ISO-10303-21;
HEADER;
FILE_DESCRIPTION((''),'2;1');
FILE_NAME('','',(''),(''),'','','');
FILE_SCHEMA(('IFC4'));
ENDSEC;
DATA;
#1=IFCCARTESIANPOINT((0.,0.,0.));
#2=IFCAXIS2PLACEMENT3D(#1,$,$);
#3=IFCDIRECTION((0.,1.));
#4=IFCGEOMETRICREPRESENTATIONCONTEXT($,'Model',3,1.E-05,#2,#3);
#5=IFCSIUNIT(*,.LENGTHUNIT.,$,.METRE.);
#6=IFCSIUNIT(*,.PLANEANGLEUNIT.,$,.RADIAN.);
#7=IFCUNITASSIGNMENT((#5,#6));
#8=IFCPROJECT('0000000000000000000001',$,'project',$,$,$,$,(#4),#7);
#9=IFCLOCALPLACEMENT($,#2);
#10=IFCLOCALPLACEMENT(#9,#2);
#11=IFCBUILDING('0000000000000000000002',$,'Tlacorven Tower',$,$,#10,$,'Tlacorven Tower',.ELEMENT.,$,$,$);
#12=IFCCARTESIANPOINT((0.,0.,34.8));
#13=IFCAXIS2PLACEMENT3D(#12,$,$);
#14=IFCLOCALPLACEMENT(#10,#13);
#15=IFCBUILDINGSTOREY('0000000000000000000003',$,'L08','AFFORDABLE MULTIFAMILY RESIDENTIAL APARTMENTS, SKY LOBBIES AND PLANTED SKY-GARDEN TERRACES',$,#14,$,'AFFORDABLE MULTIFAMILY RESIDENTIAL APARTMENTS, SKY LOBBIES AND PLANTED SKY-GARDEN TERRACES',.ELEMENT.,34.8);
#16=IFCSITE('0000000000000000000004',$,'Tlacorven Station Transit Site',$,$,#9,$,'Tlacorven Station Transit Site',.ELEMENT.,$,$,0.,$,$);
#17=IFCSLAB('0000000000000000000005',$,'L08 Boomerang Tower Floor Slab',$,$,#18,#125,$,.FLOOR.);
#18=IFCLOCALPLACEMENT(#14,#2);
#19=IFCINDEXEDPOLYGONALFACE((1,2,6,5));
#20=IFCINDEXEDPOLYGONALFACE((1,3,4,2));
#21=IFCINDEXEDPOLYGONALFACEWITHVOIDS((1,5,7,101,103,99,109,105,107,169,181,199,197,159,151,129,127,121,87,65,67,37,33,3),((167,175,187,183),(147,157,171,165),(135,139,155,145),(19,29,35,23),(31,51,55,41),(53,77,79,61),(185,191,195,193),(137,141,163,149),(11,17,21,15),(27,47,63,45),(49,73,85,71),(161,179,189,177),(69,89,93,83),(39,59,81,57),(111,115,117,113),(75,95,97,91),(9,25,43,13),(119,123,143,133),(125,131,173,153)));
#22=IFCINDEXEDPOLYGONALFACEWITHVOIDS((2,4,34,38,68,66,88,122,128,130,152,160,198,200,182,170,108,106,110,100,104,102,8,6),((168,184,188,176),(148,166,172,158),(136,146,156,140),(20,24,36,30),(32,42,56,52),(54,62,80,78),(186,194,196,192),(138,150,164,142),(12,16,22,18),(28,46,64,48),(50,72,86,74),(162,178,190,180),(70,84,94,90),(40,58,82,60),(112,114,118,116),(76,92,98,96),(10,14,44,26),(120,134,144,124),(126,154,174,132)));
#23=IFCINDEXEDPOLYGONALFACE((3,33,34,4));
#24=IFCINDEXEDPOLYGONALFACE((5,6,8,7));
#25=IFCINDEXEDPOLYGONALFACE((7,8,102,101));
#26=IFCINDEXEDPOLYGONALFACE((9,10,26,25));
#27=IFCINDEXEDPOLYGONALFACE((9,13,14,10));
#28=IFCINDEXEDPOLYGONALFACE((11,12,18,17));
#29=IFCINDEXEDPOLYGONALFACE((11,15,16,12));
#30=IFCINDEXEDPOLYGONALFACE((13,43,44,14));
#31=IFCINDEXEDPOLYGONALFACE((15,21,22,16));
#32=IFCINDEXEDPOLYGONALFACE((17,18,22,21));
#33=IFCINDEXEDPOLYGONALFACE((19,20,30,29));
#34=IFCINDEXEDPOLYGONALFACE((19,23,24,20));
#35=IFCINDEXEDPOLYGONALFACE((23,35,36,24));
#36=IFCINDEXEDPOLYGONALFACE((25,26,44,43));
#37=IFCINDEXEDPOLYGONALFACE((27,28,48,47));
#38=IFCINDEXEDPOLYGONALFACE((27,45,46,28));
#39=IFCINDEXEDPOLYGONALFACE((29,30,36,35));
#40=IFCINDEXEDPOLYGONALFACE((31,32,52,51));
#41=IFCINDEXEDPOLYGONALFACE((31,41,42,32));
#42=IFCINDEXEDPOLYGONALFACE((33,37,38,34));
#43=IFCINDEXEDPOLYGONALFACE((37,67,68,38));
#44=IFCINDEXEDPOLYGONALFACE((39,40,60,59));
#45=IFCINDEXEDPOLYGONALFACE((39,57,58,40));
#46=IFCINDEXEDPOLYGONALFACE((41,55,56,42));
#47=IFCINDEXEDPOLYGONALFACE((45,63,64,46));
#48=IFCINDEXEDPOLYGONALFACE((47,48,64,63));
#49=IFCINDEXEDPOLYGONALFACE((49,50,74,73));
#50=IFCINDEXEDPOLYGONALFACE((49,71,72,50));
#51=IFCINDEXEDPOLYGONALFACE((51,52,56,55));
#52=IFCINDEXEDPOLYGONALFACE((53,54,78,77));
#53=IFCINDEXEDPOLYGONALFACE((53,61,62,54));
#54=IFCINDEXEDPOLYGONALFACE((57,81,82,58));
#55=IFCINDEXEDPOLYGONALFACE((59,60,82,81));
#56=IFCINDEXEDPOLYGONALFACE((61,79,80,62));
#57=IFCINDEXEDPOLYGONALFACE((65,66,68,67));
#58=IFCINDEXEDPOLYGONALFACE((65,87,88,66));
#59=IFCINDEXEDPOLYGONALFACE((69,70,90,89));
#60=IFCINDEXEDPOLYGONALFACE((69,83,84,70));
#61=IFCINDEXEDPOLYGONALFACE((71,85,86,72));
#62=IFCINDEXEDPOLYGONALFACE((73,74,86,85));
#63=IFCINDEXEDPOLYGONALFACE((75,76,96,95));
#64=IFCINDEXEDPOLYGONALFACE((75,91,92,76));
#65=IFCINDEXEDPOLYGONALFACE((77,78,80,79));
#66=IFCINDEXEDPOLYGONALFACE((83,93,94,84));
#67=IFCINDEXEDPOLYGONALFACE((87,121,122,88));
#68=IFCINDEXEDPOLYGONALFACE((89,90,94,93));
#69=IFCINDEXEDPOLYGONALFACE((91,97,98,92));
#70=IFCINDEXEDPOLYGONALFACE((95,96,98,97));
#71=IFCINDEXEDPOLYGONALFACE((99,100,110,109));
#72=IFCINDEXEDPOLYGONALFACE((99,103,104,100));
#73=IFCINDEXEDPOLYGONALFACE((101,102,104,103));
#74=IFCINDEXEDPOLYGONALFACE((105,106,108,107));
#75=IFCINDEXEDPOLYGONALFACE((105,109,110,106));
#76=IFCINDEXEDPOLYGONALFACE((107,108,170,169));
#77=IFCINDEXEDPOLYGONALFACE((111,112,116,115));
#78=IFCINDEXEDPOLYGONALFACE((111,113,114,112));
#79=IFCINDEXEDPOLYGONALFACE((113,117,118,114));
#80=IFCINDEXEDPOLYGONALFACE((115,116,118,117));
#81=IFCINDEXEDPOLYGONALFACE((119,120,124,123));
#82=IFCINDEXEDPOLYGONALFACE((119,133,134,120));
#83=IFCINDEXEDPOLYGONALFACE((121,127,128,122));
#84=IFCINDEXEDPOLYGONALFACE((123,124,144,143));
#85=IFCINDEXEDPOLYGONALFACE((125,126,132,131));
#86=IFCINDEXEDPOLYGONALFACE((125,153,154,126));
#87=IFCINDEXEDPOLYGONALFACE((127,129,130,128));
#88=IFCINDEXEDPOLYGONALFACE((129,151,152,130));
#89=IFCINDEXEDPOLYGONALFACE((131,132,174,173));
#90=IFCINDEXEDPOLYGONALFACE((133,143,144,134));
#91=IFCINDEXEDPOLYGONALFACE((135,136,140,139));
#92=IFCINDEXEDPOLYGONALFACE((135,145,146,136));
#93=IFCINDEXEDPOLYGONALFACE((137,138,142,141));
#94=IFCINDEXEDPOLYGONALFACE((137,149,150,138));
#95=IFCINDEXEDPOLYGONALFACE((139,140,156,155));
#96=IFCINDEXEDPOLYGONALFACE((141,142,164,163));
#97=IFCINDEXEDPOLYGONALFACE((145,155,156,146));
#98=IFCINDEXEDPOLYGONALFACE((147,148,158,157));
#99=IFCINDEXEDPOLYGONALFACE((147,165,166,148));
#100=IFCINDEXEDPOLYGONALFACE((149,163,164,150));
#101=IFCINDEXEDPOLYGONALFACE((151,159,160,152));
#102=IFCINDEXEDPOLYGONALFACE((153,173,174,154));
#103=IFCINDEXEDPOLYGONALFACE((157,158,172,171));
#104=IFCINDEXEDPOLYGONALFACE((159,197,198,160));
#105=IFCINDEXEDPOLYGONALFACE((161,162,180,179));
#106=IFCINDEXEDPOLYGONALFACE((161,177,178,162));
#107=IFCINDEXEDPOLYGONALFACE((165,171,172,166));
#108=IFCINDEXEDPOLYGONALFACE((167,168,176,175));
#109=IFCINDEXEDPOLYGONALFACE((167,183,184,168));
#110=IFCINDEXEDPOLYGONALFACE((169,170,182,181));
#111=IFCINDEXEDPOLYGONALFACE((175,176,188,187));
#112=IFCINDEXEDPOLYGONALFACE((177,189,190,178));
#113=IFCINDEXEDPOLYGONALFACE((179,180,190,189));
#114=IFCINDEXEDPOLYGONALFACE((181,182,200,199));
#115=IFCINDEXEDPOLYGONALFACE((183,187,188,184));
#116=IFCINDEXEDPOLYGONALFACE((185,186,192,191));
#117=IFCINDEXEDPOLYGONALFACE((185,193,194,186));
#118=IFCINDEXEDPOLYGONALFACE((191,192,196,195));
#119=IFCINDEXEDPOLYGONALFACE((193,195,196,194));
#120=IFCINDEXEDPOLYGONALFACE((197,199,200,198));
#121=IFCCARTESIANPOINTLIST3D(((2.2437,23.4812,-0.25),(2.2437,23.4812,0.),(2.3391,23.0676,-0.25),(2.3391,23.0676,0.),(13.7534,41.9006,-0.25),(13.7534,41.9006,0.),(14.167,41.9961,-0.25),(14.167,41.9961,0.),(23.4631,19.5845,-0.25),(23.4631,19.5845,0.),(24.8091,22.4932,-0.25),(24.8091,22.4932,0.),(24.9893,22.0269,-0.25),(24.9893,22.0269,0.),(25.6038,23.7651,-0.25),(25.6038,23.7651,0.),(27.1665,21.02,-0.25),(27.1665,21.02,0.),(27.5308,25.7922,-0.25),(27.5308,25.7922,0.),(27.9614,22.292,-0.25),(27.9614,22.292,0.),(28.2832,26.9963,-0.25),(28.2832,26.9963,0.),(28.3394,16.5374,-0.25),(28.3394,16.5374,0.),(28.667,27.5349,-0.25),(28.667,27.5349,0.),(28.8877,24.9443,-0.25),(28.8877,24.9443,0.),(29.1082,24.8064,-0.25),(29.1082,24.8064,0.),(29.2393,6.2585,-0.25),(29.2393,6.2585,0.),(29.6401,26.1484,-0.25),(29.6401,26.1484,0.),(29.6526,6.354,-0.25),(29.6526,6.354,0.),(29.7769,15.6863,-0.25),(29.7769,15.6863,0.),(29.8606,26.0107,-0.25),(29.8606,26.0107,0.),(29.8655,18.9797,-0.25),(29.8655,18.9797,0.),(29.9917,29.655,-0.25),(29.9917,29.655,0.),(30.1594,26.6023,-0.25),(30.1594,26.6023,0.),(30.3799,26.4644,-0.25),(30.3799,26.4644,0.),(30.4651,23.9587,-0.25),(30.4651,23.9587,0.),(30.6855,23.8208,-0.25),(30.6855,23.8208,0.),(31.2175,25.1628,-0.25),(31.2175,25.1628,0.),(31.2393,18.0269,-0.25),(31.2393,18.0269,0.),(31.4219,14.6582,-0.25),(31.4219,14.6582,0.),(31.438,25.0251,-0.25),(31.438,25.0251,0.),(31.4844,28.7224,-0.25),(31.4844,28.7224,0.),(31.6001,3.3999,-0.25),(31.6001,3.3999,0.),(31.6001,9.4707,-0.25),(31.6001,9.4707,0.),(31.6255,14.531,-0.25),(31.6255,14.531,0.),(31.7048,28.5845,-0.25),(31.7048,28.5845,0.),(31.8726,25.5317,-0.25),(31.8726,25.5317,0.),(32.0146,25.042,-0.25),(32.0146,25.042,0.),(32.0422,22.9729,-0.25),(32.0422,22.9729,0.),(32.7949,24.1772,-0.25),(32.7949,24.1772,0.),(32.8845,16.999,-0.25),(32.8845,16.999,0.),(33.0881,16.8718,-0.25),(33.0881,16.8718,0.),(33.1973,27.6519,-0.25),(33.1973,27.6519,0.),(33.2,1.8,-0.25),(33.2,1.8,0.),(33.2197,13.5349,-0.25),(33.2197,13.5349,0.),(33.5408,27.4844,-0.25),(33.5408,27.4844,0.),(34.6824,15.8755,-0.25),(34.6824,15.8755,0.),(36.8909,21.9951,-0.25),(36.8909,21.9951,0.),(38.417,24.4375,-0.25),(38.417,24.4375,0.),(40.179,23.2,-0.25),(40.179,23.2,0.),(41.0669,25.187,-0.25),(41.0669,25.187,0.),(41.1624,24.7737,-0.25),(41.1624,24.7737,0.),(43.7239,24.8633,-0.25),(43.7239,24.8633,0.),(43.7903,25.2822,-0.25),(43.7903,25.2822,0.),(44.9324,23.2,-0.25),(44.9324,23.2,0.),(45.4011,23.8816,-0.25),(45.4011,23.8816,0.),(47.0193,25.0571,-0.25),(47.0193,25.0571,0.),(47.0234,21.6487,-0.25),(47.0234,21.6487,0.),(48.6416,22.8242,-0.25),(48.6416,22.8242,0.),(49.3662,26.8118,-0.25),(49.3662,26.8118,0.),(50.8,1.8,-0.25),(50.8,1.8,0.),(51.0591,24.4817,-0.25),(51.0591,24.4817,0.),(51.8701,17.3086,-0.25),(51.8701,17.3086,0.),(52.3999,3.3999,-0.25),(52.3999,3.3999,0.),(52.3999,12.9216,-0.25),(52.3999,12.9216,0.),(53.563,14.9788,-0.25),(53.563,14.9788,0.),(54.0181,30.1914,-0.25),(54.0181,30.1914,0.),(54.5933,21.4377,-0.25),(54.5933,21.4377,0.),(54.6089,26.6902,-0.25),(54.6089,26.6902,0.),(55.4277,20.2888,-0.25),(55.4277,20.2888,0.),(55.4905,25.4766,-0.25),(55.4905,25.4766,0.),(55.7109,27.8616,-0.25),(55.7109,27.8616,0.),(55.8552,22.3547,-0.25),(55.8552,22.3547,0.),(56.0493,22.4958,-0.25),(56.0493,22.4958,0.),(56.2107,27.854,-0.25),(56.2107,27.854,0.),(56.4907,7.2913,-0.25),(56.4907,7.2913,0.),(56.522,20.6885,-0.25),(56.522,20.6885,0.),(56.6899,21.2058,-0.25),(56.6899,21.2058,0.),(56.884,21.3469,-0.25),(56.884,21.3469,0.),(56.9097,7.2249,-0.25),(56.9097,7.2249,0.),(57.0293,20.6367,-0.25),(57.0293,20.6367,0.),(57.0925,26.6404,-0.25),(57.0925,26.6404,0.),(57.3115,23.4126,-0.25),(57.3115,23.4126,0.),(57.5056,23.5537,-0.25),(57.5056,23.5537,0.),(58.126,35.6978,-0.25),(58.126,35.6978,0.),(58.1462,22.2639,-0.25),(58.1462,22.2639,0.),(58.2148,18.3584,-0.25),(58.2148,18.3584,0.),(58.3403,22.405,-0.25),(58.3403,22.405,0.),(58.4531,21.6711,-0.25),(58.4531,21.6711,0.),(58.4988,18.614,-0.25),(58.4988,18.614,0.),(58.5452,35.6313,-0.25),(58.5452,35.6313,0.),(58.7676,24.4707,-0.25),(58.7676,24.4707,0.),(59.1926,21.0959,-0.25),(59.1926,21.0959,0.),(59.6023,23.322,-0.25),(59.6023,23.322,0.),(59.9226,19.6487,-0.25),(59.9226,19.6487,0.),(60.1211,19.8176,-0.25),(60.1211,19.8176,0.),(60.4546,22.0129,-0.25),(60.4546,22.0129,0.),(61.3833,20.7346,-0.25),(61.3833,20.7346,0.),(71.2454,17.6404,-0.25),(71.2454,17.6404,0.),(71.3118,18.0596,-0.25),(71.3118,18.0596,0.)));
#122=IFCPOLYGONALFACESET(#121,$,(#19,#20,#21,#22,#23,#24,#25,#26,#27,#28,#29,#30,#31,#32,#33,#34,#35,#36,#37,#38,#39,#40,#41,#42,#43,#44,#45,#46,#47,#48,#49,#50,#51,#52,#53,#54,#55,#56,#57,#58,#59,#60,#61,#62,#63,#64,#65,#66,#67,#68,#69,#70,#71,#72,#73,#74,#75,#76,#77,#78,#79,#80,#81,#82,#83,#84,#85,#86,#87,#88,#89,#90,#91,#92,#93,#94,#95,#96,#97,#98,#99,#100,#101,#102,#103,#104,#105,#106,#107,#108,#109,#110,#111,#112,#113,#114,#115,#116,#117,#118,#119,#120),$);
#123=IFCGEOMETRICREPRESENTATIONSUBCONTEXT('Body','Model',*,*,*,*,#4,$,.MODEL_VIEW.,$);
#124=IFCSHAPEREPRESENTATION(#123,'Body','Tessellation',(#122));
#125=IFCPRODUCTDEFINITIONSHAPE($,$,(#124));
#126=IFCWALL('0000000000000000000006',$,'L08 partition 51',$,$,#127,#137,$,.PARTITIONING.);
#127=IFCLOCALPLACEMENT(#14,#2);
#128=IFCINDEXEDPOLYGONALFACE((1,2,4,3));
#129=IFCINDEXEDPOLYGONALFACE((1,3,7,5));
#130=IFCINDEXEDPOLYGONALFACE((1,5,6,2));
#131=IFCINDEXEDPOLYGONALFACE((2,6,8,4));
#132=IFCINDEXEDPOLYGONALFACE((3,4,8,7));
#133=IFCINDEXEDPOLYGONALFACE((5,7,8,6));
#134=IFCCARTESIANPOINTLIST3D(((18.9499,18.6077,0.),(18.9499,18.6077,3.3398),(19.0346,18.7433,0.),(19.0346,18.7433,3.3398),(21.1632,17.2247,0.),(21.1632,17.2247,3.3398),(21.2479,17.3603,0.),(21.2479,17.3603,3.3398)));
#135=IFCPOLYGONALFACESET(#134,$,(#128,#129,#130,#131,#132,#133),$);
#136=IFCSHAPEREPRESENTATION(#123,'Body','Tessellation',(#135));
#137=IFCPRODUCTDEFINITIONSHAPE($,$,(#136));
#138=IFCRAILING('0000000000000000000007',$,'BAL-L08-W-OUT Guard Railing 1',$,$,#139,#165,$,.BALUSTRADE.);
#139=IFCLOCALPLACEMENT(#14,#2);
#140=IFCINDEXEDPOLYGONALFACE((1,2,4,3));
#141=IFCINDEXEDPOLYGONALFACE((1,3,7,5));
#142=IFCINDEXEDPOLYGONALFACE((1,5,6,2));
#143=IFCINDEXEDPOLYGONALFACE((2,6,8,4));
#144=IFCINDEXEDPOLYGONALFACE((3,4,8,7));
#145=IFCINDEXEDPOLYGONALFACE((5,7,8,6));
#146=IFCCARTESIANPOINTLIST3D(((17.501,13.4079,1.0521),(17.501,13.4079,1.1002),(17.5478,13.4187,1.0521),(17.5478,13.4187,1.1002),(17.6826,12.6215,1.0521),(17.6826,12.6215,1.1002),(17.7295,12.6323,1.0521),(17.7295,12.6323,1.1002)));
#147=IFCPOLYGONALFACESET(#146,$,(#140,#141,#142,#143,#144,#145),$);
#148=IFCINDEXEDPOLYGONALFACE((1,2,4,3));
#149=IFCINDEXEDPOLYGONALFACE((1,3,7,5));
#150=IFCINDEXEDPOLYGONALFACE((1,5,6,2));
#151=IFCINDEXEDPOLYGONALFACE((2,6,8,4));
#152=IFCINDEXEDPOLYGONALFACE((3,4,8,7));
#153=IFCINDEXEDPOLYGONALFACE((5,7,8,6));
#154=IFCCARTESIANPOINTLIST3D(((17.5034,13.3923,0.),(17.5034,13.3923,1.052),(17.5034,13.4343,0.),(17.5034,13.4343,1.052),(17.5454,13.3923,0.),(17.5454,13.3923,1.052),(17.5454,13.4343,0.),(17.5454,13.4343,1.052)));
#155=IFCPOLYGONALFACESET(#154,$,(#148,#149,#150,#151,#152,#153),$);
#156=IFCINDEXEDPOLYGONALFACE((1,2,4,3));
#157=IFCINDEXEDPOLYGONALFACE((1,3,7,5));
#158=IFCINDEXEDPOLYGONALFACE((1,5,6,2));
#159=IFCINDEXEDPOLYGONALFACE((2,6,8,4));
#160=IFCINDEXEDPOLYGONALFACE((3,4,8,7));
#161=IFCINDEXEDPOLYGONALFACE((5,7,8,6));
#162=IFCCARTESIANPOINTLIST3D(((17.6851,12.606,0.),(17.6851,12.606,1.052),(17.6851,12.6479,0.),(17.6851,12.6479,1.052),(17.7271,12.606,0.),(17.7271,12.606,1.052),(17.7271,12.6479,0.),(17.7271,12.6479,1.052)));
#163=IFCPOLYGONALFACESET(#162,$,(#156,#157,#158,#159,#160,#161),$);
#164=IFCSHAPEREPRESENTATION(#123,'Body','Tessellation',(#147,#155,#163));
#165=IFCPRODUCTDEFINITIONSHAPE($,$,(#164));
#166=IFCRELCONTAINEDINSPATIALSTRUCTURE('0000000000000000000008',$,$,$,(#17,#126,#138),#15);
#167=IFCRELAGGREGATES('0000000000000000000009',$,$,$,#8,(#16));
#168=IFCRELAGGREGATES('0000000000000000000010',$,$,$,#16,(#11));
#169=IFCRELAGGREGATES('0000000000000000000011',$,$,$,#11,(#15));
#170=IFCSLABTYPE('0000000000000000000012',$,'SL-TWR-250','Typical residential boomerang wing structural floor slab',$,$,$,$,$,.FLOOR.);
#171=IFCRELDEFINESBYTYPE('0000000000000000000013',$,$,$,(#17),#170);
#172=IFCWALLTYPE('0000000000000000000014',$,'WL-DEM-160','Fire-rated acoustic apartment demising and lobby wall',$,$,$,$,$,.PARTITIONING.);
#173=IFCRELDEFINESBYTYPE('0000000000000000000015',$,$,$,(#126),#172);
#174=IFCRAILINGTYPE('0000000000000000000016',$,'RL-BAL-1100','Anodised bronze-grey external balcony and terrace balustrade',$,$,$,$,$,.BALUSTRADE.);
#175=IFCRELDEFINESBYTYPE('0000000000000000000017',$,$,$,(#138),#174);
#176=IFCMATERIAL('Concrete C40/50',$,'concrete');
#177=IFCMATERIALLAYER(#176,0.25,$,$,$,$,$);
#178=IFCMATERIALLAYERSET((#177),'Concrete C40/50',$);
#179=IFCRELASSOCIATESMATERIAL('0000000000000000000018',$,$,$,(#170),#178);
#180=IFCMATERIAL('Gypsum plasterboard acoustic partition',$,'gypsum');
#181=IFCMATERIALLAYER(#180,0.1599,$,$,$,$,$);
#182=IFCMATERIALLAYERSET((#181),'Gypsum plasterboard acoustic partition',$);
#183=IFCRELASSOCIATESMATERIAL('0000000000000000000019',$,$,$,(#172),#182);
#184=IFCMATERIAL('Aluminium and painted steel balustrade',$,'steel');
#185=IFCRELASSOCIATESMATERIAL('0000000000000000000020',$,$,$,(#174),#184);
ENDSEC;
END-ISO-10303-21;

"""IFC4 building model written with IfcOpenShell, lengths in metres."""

from ifc_helpers import new_model, si_unit, direction, frame, frame_2d, origin, origin_2d, place, context, subcontext, project, spatial, polyline, rectangle, outline, extrude, source, transform, mapped, material, layer, layer_set, type_object, element, save


model = new_model("IFC4")

# Units and contexts
model_context = context("Model", 3, precision=1e-05, world=origin(), true_north=direction((0.0, 1.0)))
body_context = subcontext(model_context, "Body", "Model", "MODEL_VIEW")
ifc_project = project(units=[si_unit("LENGTHUNIT", "METRE"), si_unit("PLANEANGLEUNIT", "RADIAN")], contexts=[model_context])

# Site, building, storey
site_placement = place(None, origin())
site = spatial("IfcSite", under=ifc_project, at=site_placement, Name="Tlacorven Station Transit Site", LongName="Tlacorven Station Transit Site", CompositionType="ELEMENT", RefElevation=0.0)
building_placement = place(site_placement, origin())
building = spatial("IfcBuilding", under=site, at=building_placement, Name="Tlacorven Tower", LongName="Tlacorven Tower", CompositionType="ELEMENT")
storey_placement = place(building_placement, frame((0.0, 0.0, 34.8)))
storey = spatial("IfcBuildingStorey", under=building, at=storey_placement, Name="L08", Description="AFFORDABLE MULTIFAMILY RESIDENTIAL APARTMENTS, SKY LOBBIES AND PLANTED SKY-GARDEN TERRACES", LongName="AFFORDABLE MULTIFAMILY RESIDENTIAL APARTMENTS, SKY LOBBIES AND PLANTED SKY-GARDEN TERRACES", CompositionType="ELEMENT", Elevation=34.8)

# Shared definitions
ifc_material_1 = material(Name="Concrete C40/50", Category="concrete")

# Slab
ifc_layer_1 = layer(ifc_material_1, 0.25)
ifc_layer_set_1 = layer_set([ifc_layer_1], Name="Concrete C40/50")
slab_type_1 = type_object("IfcSlabType", Name="SL-TWR-250", Description="Typical residential boomerang wing structural floor slab", PredefinedType="FLOOR", material=ifc_layer_set_1)
slab_1_placement = place(storey_placement, frame((0.0, 0.0, -0.25)))
element("IfcSlab", 1, at=slab_1_placement, inside=storey, type_object=slab_type_1, Name="L08 Boomerang Tower Floor Slab", PredefinedType="FLOOR", context=body_context, shape_type="SweptSolid", body=[
    extrude(outline(polyline([(52.3999, 3.3999), (50.8, 1.8), (33.2, 1.8), (31.6001, 3.3999), (31.6001, 9.4707), (29.6526, 6.354), (29.2393, 6.2585), (2.3391, 23.0676), (2.2437, 23.4812), (13.7534, 41.9006), (14.167, 41.9961), (41.0669, 25.187), (41.1624, 24.7737), (40.179, 23.2), (44.9324, 23.2), (43.7239, 24.8633), (43.7903, 25.2822), (58.126, 35.6978), (58.5452, 35.6313), (71.3118, 18.0596), (71.2454, 17.6404), (56.9097, 7.2249), (56.4907, 7.2913), (52.3999, 12.9216), (52.3999, 3.3999)]), holes=[polyline([(29.8655, 18.9797), (24.9893, 22.0269), (23.4631, 19.5845), (28.3394, 16.5374), (29.8655, 18.9797)]), polyline([(38.417, 24.4375), (33.5408, 27.4844), (32.0146, 25.042), (36.8909, 21.9951), (38.417, 24.4375)]), polyline([(51.0591, 24.4817), (55.7109, 27.8616), (54.0181, 30.1914), (49.3662, 26.8118), (51.0591, 24.4817)]), polyline([(53.563, 14.9788), (58.2148, 18.3584), (56.522, 20.6885), (51.8701, 17.3086), (53.563, 14.9788)]), polyline([(34.6824, 15.8755), (33.0881, 16.8718), (31.6255, 14.531), (33.2197, 13.5349), (34.6824, 15.8755)]), polyline([(32.8845, 16.999), (31.2393, 18.0269), (29.7769, 15.6863), (31.4219, 14.6582), (32.8845, 16.999)]), polyline([(47.0234, 21.6487), (48.6416, 22.8242), (47.0193, 25.0571), (45.4011, 23.8816), (47.0234, 21.6487)]), polyline([(33.1973, 27.6519), (31.7048, 28.5845), (30.3799, 26.4644), (31.8726, 25.5317), (33.1973, 27.6519)]), polyline([(31.4844, 28.7224), (29.9917, 29.655), (28.667, 27.5349), (30.1594, 26.6023), (31.4844, 28.7224)]), polyline([(32.7949, 24.1772), (31.438, 25.0251), (30.6855, 23.8208), (32.0422, 22.9729), (32.7949, 24.1772)]), polyline([(31.2175, 25.1628), (29.8606, 26.0107), (29.1082, 24.8064), (30.4651, 23.9587), (31.2175, 25.1628)]), polyline([(29.6401, 26.1484), (28.2832, 26.9963), (27.5308, 25.7922), (28.8877, 24.9443), (29.6401, 26.1484)]), polyline([(55.4277, 20.2888), (56.6899, 21.2058), (55.8552, 22.3547), (54.5933, 21.4377), (55.4277, 20.2888)]), polyline([(56.884, 21.3469), (58.1462, 22.2639), (57.3115, 23.4126), (56.0493, 22.4958), (56.884, 21.3469)]), polyline([(58.3403, 22.405), (59.6023, 23.322), (58.7676, 24.4707), (57.5056, 23.5537), (58.3403, 22.405)]), polyline([(58.4988, 18.614), (59.9226, 19.6487), (58.4531, 21.6711), (57.0293, 20.6367), (58.4988, 18.614)]), polyline([(27.9614, 22.292), (25.6038, 23.7651), (24.8091, 22.4932), (27.1665, 21.02), (27.9614, 22.292)]), polyline([(55.4905, 25.4766), (57.0925, 26.6404), (56.2107, 27.854), (54.6089, 26.6902), (55.4905, 25.4766)]), polyline([(60.1211, 19.8176), (61.3833, 20.7346), (60.4546, 22.0129), (59.1926, 21.0959), (60.1211, 19.8176)])]), origin(), (0.0, 0.0, 1.0), 0.25),
])

# Wall
ifc_material_2 = material(Name="Gypsum plasterboard acoustic partition", Category="gypsum")
ifc_layer_2 = layer(ifc_material_2, 0.1599)
ifc_layer_set_2 = layer_set([ifc_layer_2], Name="Gypsum plasterboard acoustic partition")
wall_type = type_object("IfcWallType", Name="WL-DEM-160", Description="Fire-rated acoustic apartment demising and lobby wall", PredefinedType="PARTITIONING", material=ifc_layer_set_2)
wall_placement = place(storey_placement, frame((21.2056, 17.2925, 0.0), z_axis=(0.0, 0.0, 1.0), x_axis=(-0.848051, 0.529915, 0.0)))
element("IfcWall", 2, at=wall_placement, inside=storey, type_object=wall_type, Name="L08 partition 51", PredefinedType="PARTITIONING", context=body_context, shape_type="SweptSolid", body=[
    extrude(rectangle(XDim=2.6099, YDim=0.1599, at=frame_2d((1.3049, 0.0))), origin(), (0.0, 0.0, 1.0), 3.3398),
])

# Railing
ifc_material_3 = material(Name="Aluminium and painted steel balustrade", Category="steel")
railing_type = type_object("IfcRailingType", Name="RL-BAL-1100", Description="Anodised bronze-grey external balcony and terrace balustrade", PredefinedType="BALUSTRADE", material=ifc_material_3)
shared_shape_1 = source(origin(), body_context, "Body", "SweptSolid", [
    extrude(rectangle(XDim=0.0481, YDim=0.0481, at=origin_2d()), frame((0.0, 0.0, 1.0762), z_axis=(0.225058, -0.974345, 0.0), x_axis=(0.974345, 0.225058, 0.0)), (0.0, 0.0, 1.0), 0.8071),
    extrude(rectangle(XDim=0.042, YDim=0.042, at=origin_2d()), origin(), (0.0, 0.0, 1.0), 1.052),
    extrude(rectangle(XDim=0.042, YDim=0.042, at=origin_2d()), frame((0.1816, -0.7864, 0.0)), (0.0, 0.0, 1.0), 1.052),
])
railing_1_placement = place(storey_placement, frame((17.5244, 13.4133, 0.0)))
element("IfcRailing", 3, at=railing_1_placement, inside=storey, type_object=railing_type, Name="BAL-L08-W-OUT Guard Railing 1", PredefinedType="BALUSTRADE", context=body_context, shape_type="MappedRepresentation", body=[
    mapped(shared_shape_1, transform((0.0, 0.0, 0.0), scale=1.0)),
])

save(model, "model.ifc")
